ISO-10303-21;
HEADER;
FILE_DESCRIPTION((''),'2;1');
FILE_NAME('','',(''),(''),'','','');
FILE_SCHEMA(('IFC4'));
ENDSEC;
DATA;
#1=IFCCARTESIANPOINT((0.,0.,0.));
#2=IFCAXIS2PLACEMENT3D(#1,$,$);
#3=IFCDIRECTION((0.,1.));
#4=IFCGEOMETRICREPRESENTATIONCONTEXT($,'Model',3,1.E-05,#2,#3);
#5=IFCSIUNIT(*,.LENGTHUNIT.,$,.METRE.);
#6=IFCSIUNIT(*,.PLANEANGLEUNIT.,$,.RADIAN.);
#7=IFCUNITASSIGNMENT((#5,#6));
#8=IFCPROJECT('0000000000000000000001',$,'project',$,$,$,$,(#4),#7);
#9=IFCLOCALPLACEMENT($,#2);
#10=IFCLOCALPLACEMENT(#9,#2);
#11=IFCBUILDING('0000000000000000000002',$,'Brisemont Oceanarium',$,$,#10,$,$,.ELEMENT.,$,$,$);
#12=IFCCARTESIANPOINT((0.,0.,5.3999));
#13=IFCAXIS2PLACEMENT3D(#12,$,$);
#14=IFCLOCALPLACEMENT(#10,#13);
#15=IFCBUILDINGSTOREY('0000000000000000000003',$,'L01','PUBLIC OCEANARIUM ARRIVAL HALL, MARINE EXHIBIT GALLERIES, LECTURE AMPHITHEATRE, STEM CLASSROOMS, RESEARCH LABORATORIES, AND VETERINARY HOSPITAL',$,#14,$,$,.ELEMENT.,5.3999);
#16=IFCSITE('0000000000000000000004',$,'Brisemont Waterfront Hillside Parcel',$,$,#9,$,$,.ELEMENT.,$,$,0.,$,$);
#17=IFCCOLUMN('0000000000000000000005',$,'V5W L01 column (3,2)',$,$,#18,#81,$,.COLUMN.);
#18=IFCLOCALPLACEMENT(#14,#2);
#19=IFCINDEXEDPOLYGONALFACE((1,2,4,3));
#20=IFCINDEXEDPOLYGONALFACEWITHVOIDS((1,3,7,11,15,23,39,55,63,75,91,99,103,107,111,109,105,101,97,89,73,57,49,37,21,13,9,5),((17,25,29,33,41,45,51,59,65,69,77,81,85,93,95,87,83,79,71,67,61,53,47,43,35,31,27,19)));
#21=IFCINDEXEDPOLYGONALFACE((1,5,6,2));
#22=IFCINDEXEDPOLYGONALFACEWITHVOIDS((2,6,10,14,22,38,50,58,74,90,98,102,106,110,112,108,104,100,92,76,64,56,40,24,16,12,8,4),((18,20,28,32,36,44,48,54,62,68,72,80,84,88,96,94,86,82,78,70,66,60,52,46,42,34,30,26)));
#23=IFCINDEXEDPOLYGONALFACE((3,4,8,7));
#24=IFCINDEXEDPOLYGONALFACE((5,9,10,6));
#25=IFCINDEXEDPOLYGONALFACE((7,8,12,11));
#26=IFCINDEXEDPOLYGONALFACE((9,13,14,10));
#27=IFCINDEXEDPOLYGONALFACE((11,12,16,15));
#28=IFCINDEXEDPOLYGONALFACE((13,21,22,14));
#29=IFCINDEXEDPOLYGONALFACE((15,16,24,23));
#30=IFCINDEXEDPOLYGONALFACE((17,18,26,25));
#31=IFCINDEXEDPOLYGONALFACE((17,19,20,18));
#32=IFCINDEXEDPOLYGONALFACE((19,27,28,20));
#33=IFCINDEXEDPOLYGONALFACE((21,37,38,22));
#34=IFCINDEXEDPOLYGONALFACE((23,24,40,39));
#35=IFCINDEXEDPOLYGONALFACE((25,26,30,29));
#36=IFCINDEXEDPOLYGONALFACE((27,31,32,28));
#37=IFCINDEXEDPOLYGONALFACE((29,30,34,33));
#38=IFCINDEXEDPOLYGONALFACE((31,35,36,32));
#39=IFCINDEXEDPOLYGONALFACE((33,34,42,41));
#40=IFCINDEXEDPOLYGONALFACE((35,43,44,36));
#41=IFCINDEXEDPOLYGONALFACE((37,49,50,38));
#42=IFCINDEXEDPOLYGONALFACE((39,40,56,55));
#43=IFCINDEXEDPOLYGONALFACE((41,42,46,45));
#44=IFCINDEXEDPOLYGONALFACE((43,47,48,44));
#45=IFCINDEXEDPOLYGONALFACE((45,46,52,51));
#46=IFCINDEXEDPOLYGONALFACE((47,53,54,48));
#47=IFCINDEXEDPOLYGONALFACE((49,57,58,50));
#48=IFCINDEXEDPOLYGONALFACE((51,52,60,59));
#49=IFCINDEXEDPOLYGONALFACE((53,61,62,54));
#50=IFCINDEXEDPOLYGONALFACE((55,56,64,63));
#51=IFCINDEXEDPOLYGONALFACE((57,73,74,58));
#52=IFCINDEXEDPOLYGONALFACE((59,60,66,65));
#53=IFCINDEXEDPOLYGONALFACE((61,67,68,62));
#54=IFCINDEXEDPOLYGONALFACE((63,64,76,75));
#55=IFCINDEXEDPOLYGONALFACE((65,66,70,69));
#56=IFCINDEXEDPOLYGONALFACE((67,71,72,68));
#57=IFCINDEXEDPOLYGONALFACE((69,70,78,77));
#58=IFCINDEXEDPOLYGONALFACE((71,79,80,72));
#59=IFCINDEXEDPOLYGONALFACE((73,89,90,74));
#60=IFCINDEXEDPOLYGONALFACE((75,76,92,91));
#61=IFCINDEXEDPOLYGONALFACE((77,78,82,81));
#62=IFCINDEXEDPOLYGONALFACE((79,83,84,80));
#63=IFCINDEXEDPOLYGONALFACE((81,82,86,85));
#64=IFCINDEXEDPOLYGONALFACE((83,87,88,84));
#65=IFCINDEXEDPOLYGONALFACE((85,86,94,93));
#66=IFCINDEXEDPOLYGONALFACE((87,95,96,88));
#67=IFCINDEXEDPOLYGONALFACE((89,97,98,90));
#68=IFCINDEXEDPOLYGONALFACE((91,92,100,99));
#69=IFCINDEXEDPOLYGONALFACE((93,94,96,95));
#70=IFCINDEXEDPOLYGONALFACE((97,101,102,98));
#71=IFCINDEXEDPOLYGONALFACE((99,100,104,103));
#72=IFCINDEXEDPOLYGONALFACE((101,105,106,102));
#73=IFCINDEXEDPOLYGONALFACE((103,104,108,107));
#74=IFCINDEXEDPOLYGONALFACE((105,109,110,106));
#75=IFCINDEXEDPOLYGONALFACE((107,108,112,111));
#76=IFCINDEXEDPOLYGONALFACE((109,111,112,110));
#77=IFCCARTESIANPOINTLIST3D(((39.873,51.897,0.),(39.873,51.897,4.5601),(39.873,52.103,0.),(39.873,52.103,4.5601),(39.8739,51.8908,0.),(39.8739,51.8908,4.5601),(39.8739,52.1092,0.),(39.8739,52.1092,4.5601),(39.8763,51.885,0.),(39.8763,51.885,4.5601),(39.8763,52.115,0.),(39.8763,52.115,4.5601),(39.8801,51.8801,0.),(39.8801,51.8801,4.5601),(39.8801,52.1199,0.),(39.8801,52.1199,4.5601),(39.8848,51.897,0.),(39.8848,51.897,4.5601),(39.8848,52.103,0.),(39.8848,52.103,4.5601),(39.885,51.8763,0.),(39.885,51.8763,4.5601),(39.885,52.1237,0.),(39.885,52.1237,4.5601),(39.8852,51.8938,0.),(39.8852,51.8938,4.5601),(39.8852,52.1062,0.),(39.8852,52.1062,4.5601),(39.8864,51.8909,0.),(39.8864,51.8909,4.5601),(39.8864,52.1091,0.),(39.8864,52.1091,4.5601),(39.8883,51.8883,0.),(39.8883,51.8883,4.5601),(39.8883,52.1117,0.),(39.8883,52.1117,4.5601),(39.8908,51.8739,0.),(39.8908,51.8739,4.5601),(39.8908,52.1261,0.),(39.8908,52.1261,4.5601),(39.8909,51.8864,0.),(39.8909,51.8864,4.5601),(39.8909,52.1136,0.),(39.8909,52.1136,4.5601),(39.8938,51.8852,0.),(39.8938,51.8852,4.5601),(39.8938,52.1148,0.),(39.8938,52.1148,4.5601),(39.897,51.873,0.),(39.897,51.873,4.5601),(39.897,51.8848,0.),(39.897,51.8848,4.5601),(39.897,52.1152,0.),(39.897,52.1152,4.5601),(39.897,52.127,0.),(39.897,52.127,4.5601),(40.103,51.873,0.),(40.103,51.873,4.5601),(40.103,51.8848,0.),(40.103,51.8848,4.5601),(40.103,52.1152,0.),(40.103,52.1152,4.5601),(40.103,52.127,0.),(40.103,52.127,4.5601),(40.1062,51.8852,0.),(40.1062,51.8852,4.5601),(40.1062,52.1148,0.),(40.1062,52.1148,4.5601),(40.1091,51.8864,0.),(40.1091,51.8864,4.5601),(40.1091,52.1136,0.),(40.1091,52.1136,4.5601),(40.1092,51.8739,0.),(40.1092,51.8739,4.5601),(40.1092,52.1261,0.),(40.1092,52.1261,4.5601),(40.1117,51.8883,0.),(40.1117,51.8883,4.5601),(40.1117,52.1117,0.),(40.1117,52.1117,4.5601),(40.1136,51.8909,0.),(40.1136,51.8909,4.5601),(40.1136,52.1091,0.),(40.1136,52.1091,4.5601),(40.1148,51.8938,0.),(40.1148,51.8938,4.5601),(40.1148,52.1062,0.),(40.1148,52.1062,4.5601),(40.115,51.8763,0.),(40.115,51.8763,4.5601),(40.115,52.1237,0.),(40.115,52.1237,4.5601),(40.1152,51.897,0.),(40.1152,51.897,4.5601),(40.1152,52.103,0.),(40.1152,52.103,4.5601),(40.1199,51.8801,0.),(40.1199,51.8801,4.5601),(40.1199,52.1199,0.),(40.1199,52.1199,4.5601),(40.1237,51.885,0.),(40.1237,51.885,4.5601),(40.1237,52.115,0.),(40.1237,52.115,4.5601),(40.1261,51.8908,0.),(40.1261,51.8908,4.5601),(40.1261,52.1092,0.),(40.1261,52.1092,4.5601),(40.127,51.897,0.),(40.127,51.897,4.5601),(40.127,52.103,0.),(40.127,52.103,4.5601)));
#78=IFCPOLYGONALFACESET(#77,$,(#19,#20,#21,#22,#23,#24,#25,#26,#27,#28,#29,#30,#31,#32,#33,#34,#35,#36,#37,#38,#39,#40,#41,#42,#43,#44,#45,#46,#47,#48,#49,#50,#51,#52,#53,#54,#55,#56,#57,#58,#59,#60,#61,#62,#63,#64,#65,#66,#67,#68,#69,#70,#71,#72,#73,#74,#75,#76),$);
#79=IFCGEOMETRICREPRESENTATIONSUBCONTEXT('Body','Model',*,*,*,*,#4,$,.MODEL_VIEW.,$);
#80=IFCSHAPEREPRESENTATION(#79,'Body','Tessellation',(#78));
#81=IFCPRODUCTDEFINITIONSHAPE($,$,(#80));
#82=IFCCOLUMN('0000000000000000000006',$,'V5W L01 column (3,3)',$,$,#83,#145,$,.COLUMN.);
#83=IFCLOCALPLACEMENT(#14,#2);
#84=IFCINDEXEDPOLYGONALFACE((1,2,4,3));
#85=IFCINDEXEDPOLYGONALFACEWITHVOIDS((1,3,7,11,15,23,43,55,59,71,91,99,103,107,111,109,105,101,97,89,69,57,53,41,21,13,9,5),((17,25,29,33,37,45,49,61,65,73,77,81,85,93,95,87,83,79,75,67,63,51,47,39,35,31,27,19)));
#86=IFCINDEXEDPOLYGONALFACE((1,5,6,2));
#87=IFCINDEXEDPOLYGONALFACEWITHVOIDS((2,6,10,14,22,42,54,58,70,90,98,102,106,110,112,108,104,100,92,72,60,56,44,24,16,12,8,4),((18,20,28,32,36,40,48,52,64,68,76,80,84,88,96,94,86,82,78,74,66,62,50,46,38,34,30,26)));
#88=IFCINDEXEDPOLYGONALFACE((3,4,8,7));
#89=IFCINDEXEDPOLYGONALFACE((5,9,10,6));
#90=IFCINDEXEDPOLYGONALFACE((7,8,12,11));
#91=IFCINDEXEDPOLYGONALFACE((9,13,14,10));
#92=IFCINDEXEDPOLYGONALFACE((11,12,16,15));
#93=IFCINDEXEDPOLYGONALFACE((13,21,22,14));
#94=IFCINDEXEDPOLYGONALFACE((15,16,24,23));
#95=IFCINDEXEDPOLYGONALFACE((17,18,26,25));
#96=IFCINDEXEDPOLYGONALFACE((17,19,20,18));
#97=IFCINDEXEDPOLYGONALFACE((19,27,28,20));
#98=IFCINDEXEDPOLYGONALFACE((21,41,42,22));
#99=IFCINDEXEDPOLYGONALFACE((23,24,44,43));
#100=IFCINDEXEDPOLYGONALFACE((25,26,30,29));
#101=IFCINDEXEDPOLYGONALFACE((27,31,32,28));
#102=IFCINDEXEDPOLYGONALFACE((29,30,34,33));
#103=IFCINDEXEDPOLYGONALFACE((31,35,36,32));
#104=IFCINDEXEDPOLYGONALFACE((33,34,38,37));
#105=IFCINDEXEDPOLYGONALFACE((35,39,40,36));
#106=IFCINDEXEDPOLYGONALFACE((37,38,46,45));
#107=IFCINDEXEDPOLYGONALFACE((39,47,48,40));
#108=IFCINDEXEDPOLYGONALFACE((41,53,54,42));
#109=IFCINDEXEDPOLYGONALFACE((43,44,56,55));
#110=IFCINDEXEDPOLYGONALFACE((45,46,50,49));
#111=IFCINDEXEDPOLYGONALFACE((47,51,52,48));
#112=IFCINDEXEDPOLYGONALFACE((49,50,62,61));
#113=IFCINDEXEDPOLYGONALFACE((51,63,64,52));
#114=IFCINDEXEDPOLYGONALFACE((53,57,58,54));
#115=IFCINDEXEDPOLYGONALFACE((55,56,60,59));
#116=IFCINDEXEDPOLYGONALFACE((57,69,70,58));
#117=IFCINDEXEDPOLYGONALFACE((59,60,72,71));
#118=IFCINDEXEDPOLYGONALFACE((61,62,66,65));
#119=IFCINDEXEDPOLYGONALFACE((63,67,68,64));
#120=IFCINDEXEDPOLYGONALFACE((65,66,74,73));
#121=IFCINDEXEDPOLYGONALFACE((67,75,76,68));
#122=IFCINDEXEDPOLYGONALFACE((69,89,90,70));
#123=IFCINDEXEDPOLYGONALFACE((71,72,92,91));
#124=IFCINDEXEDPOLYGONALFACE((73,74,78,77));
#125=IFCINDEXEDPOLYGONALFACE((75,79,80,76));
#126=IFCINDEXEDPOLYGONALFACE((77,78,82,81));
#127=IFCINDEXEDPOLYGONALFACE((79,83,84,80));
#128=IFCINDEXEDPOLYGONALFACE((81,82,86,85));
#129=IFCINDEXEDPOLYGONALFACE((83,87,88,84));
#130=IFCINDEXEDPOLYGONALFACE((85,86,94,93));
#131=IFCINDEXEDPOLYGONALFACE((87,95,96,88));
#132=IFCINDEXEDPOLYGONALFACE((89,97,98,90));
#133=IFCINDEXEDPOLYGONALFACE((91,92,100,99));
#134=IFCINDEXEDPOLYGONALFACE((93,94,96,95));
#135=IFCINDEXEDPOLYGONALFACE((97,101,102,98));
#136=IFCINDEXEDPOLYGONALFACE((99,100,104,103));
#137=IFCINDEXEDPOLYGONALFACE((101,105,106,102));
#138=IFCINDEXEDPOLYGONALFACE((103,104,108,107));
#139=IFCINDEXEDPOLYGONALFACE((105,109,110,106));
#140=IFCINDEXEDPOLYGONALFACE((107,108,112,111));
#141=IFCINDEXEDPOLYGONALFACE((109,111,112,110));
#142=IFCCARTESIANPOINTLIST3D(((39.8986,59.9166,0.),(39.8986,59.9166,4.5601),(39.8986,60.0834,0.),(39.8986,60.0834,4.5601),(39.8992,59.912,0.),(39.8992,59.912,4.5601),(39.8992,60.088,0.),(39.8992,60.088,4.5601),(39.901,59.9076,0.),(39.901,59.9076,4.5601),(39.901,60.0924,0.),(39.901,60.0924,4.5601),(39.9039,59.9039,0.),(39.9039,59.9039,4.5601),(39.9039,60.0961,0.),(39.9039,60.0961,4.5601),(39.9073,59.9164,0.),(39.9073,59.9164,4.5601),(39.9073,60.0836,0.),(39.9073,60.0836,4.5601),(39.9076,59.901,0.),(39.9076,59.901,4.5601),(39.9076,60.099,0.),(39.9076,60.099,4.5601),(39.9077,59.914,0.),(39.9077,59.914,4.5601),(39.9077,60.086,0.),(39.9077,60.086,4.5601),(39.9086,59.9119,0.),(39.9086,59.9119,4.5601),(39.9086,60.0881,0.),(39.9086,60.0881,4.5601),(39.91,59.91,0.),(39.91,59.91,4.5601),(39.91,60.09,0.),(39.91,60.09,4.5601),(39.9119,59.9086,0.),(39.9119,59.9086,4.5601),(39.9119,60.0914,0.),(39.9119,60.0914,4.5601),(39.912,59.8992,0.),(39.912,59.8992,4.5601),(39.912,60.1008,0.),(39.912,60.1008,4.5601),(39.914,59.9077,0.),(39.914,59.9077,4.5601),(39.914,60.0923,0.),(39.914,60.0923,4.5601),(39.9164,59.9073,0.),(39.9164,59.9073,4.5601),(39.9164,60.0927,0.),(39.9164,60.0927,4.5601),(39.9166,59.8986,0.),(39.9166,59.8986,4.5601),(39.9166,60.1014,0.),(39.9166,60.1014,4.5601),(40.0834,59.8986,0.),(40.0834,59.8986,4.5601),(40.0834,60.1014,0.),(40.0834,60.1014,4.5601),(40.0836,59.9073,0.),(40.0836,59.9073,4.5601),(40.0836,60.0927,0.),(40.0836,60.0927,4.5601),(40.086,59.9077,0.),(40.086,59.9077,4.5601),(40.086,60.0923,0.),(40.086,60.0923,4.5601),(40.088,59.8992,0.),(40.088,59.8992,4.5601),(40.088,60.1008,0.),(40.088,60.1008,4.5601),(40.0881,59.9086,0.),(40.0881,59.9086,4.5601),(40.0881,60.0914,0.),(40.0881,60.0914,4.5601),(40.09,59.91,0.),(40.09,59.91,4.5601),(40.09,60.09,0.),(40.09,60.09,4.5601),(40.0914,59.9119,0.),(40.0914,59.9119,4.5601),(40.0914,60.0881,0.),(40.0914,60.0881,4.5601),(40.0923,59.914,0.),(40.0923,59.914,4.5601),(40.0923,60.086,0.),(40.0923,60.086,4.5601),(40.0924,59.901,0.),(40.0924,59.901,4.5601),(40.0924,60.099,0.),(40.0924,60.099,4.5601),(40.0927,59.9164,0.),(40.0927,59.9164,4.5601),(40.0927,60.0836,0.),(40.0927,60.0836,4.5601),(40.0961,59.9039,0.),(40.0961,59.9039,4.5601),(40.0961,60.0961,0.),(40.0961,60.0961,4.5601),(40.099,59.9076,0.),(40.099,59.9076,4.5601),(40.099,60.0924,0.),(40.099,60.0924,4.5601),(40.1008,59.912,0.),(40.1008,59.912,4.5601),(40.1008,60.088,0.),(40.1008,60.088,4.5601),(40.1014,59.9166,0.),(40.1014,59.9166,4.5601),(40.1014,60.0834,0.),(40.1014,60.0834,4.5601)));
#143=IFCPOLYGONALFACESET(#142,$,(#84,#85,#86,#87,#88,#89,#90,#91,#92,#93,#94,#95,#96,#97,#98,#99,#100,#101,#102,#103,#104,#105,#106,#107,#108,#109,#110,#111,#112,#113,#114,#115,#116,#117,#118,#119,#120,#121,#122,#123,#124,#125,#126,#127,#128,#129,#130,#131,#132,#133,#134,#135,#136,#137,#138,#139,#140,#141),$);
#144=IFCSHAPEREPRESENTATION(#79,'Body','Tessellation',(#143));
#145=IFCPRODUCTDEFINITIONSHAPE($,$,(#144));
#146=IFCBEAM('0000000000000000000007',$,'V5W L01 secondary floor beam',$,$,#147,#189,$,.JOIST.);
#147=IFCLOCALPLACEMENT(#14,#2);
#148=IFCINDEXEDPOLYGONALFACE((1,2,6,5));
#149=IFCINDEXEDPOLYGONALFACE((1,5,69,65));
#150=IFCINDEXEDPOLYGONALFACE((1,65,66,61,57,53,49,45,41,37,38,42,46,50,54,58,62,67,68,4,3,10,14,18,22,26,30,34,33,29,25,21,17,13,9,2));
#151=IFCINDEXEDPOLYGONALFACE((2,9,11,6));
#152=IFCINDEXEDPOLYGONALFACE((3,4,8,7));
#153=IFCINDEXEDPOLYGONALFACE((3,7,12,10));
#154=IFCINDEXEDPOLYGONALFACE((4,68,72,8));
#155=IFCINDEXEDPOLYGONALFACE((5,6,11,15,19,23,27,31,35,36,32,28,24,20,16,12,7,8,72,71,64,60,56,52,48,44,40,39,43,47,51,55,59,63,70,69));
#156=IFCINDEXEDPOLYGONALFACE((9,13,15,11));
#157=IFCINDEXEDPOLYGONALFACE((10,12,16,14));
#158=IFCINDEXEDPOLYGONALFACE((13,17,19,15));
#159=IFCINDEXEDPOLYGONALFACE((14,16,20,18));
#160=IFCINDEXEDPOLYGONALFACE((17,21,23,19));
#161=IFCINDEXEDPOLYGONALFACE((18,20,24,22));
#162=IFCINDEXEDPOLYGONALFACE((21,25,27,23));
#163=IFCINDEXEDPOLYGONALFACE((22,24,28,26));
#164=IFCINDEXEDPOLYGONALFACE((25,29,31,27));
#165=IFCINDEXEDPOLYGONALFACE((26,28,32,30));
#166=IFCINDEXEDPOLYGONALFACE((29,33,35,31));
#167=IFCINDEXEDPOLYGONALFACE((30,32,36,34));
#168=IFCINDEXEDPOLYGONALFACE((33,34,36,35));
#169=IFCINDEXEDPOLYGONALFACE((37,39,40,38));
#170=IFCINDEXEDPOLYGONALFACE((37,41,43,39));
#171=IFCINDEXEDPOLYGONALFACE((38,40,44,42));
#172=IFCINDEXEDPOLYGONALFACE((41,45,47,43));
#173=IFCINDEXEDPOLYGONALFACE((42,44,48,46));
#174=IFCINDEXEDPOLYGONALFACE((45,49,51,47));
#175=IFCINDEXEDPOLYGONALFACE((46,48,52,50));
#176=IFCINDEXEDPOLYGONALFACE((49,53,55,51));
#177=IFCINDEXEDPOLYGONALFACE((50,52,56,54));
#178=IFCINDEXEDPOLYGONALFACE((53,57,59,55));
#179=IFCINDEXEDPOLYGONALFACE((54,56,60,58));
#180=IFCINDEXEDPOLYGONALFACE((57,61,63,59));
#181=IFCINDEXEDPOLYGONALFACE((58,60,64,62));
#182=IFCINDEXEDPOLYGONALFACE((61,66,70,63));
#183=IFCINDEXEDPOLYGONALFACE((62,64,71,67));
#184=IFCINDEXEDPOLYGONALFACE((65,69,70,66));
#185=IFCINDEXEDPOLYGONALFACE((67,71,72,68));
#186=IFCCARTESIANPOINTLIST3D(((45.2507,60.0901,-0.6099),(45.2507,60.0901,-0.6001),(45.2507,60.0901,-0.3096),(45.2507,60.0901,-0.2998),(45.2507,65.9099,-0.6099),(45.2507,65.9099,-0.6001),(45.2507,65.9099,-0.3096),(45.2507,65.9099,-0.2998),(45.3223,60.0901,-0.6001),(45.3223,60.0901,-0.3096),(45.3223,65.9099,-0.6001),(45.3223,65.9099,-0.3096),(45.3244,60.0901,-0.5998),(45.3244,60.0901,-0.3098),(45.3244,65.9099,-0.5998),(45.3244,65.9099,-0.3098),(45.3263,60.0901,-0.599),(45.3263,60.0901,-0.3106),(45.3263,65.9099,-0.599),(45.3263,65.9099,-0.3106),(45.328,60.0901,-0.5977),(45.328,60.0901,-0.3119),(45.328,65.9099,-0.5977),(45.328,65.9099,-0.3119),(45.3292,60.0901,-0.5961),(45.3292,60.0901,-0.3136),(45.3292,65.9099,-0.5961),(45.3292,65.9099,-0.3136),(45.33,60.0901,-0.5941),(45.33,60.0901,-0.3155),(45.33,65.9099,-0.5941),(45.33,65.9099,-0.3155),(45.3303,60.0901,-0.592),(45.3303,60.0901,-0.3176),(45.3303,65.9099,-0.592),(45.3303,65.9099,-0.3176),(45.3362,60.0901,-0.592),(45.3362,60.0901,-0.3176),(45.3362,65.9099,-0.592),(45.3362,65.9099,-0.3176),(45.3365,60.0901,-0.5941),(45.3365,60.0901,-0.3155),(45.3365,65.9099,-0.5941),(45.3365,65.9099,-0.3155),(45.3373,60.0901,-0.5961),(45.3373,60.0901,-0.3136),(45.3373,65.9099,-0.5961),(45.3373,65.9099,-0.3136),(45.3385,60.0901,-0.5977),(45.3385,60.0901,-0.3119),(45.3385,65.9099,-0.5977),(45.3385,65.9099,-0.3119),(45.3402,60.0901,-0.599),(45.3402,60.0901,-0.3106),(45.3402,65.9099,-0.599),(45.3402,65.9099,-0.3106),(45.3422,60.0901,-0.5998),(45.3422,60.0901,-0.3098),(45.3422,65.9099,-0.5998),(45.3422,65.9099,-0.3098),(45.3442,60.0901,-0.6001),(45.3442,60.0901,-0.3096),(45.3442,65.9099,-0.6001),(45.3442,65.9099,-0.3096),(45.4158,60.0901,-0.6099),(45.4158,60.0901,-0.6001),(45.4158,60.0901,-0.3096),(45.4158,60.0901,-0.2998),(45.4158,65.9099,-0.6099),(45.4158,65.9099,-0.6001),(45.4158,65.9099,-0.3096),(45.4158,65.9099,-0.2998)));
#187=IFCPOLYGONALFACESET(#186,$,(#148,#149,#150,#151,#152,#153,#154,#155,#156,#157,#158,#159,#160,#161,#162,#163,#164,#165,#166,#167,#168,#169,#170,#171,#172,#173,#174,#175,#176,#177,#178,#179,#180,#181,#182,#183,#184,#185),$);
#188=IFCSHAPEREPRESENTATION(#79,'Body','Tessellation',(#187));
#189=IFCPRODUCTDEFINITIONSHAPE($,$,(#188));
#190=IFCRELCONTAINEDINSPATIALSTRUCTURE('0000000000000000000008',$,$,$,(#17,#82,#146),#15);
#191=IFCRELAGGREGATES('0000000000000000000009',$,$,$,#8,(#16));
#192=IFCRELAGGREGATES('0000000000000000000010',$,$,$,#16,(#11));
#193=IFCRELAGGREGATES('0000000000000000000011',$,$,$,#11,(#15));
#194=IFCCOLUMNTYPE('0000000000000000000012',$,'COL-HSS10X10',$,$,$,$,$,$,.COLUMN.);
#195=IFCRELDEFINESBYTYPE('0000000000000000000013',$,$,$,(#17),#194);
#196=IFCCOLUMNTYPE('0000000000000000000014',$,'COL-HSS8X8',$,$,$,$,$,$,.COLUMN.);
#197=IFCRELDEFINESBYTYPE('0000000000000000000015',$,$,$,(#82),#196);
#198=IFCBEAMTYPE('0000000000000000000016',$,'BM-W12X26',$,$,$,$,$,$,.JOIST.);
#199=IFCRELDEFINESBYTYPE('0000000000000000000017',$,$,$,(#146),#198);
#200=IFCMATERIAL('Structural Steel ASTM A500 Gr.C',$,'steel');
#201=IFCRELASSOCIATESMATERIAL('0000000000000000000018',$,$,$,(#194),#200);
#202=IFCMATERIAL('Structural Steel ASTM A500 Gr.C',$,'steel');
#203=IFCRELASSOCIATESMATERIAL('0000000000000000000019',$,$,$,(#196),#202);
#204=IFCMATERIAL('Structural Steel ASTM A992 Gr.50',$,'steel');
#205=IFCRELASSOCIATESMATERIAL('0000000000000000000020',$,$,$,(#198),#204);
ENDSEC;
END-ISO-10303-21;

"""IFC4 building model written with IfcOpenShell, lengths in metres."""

from ifc_helpers import new_model, si_unit, direction, frame, origin, origin_2d, place, context, subcontext, project, spatial, hollow_rectangle, i_section, extrude, material, material_profile, profile_set, type_object, element, save


model = new_model("IFC4")

# Units and contexts
model_context = context("Model", 3, precision=1e-05, world=origin(), true_north=direction((0.0, 1.0)))
body_context = subcontext(model_context, "Body", "Model", "MODEL_VIEW")
ifc_project = project(units=[si_unit("LENGTHUNIT", "METRE"), si_unit("PLANEANGLEUNIT", "RADIAN")], contexts=[model_context])

# Site, building, storey
site_placement = place(None, origin())
site = spatial("IfcSite", under=ifc_project, at=site_placement, Name="Brisemont Waterfront Hillside Parcel", CompositionType="ELEMENT", RefElevation=0.0)
building_placement = place(site_placement, origin())
building = spatial("IfcBuilding", under=site, at=building_placement, Name="Brisemont Oceanarium", CompositionType="ELEMENT")
storey_placement = place(building_placement, frame((0.0, 0.0, 5.3999)))
storey = spatial("IfcBuildingStorey", under=building, at=storey_placement, Name="L01", Description="PUBLIC OCEANARIUM ARRIVAL HALL, MARINE EXHIBIT GALLERIES, LECTURE AMPHITHEATRE, STEM CLASSROOMS, RESEARCH LABORATORIES, AND VETERINARY HOSPITAL", CompositionType="ELEMENT", Elevation=5.3999)

# Columns
ifc_material_1 = material(Name="Structural Steel ASTM A500 Gr.C", Category="steel")
ifc_material_profile_1 = material_profile(ifc_material_1, hollow_rectangle(XDim=0.2539, YDim=0.2539, WallThickness=0.0117, InnerFilletRadius=0.0122, OuterFilletRadius=0.0239, at=origin_2d()), Name="HSS10X10X1/2")
ifc_profile_set_1 = profile_set([ifc_material_profile_1], Name="Structural Steel ASTM A500 Gr.C")
column_type_1 = type_object("IfcColumnType", Name="COL-HSS10X10", PredefinedType="COLUMN", material=ifc_profile_set_1)
column_1_placement = place(storey_placement, frame((40.0, 52.0, 0.0), z_axis=(0.0, 0.0, 1.0), x_axis=(0.0, 1.0, 0.0)))
element("IfcColumn", 1, at=column_1_placement, inside=storey, type_object=column_type_1, Name="V5W L01 column (3,2)", PredefinedType="COLUMN", context=body_context, shape_type="SweptSolid", body=[
    extrude(hollow_rectangle(XDim=0.2539, YDim=0.2539, WallThickness=0.0117, InnerFilletRadius=0.0122, OuterFilletRadius=0.0239, at=origin_2d()), origin(), (0.0, 0.0, 1.0), 4.5601),
])
ifc_material_2 = material(Name="Structural Steel ASTM A500 Gr.C", Category="steel")
ifc_material_profile_2 = material_profile(ifc_material_2, hollow_rectangle(XDim=0.2029, YDim=0.2029, WallThickness=0.0088, InnerFilletRadius=0.009, OuterFilletRadius=0.0181, at=origin_2d()), Name="HSS8X8X3/8")
ifc_profile_set_2 = profile_set([ifc_material_profile_2], Name="Structural Steel ASTM A500 Gr.C")
column_type_2 = type_object("IfcColumnType", Name="COL-HSS8X8", PredefinedType="COLUMN", material=ifc_profile_set_2)
column_2_placement = place(storey_placement, frame((40.0, 60.0, 0.0), z_axis=(0.0, 0.0, 1.0), x_axis=(1.0, 0.0, 0.0)))
element("IfcColumn", 2, at=column_2_placement, inside=storey, type_object=column_type_2, Name="V5W L01 column (3,3)", PredefinedType="COLUMN", context=body_context, shape_type="SweptSolid", body=[
    extrude(hollow_rectangle(XDim=0.2029, YDim=0.2029, WallThickness=0.0088, InnerFilletRadius=0.009, OuterFilletRadius=0.0181, at=origin_2d()), origin(), (0.0, 0.0, 1.0), 4.5601),
])

# Beam
ifc_material_3 = material(Name="Structural Steel ASTM A992 Gr.50", Category="steel")
ifc_material_profile_3 = material_profile(ifc_material_3, i_section(OverallWidth=0.165, OverallDepth=0.3101, WebThickness=0.0059, FlangeThickness=0.0098, FilletRadius=0.0081, at=origin_2d()), Name="W12X26")
ifc_profile_set_3 = profile_set([ifc_material_profile_3], Name="Structural Steel ASTM A992 Gr.50")
beam_type_1 = type_object("IfcBeamType", Name="BM-W12X26", PredefinedType="JOIST", material=ifc_profile_set_3)
beam_1_placement = place(storey_placement, frame((45.3333, 60.0901, -0.4548), z_axis=(0.0, 1.0, 0.0), x_axis=(-1.0, 0.0, 0.0)))
element("IfcBeam", 3, at=beam_1_placement, inside=storey, type_object=beam_type_1, Name="V5W L01 secondary floor beam", PredefinedType="JOIST", context=body_context, shape_type="SweptSolid", body=[
    extrude(i_section(OverallWidth=0.165, OverallDepth=0.3101, WebThickness=0.0059, FlangeThickness=0.0098, FilletRadius=0.0081, at=origin_2d()), origin(), (0.0, 0.0, 1.0), 5.8198),
])

save(model, "model.ifc")
